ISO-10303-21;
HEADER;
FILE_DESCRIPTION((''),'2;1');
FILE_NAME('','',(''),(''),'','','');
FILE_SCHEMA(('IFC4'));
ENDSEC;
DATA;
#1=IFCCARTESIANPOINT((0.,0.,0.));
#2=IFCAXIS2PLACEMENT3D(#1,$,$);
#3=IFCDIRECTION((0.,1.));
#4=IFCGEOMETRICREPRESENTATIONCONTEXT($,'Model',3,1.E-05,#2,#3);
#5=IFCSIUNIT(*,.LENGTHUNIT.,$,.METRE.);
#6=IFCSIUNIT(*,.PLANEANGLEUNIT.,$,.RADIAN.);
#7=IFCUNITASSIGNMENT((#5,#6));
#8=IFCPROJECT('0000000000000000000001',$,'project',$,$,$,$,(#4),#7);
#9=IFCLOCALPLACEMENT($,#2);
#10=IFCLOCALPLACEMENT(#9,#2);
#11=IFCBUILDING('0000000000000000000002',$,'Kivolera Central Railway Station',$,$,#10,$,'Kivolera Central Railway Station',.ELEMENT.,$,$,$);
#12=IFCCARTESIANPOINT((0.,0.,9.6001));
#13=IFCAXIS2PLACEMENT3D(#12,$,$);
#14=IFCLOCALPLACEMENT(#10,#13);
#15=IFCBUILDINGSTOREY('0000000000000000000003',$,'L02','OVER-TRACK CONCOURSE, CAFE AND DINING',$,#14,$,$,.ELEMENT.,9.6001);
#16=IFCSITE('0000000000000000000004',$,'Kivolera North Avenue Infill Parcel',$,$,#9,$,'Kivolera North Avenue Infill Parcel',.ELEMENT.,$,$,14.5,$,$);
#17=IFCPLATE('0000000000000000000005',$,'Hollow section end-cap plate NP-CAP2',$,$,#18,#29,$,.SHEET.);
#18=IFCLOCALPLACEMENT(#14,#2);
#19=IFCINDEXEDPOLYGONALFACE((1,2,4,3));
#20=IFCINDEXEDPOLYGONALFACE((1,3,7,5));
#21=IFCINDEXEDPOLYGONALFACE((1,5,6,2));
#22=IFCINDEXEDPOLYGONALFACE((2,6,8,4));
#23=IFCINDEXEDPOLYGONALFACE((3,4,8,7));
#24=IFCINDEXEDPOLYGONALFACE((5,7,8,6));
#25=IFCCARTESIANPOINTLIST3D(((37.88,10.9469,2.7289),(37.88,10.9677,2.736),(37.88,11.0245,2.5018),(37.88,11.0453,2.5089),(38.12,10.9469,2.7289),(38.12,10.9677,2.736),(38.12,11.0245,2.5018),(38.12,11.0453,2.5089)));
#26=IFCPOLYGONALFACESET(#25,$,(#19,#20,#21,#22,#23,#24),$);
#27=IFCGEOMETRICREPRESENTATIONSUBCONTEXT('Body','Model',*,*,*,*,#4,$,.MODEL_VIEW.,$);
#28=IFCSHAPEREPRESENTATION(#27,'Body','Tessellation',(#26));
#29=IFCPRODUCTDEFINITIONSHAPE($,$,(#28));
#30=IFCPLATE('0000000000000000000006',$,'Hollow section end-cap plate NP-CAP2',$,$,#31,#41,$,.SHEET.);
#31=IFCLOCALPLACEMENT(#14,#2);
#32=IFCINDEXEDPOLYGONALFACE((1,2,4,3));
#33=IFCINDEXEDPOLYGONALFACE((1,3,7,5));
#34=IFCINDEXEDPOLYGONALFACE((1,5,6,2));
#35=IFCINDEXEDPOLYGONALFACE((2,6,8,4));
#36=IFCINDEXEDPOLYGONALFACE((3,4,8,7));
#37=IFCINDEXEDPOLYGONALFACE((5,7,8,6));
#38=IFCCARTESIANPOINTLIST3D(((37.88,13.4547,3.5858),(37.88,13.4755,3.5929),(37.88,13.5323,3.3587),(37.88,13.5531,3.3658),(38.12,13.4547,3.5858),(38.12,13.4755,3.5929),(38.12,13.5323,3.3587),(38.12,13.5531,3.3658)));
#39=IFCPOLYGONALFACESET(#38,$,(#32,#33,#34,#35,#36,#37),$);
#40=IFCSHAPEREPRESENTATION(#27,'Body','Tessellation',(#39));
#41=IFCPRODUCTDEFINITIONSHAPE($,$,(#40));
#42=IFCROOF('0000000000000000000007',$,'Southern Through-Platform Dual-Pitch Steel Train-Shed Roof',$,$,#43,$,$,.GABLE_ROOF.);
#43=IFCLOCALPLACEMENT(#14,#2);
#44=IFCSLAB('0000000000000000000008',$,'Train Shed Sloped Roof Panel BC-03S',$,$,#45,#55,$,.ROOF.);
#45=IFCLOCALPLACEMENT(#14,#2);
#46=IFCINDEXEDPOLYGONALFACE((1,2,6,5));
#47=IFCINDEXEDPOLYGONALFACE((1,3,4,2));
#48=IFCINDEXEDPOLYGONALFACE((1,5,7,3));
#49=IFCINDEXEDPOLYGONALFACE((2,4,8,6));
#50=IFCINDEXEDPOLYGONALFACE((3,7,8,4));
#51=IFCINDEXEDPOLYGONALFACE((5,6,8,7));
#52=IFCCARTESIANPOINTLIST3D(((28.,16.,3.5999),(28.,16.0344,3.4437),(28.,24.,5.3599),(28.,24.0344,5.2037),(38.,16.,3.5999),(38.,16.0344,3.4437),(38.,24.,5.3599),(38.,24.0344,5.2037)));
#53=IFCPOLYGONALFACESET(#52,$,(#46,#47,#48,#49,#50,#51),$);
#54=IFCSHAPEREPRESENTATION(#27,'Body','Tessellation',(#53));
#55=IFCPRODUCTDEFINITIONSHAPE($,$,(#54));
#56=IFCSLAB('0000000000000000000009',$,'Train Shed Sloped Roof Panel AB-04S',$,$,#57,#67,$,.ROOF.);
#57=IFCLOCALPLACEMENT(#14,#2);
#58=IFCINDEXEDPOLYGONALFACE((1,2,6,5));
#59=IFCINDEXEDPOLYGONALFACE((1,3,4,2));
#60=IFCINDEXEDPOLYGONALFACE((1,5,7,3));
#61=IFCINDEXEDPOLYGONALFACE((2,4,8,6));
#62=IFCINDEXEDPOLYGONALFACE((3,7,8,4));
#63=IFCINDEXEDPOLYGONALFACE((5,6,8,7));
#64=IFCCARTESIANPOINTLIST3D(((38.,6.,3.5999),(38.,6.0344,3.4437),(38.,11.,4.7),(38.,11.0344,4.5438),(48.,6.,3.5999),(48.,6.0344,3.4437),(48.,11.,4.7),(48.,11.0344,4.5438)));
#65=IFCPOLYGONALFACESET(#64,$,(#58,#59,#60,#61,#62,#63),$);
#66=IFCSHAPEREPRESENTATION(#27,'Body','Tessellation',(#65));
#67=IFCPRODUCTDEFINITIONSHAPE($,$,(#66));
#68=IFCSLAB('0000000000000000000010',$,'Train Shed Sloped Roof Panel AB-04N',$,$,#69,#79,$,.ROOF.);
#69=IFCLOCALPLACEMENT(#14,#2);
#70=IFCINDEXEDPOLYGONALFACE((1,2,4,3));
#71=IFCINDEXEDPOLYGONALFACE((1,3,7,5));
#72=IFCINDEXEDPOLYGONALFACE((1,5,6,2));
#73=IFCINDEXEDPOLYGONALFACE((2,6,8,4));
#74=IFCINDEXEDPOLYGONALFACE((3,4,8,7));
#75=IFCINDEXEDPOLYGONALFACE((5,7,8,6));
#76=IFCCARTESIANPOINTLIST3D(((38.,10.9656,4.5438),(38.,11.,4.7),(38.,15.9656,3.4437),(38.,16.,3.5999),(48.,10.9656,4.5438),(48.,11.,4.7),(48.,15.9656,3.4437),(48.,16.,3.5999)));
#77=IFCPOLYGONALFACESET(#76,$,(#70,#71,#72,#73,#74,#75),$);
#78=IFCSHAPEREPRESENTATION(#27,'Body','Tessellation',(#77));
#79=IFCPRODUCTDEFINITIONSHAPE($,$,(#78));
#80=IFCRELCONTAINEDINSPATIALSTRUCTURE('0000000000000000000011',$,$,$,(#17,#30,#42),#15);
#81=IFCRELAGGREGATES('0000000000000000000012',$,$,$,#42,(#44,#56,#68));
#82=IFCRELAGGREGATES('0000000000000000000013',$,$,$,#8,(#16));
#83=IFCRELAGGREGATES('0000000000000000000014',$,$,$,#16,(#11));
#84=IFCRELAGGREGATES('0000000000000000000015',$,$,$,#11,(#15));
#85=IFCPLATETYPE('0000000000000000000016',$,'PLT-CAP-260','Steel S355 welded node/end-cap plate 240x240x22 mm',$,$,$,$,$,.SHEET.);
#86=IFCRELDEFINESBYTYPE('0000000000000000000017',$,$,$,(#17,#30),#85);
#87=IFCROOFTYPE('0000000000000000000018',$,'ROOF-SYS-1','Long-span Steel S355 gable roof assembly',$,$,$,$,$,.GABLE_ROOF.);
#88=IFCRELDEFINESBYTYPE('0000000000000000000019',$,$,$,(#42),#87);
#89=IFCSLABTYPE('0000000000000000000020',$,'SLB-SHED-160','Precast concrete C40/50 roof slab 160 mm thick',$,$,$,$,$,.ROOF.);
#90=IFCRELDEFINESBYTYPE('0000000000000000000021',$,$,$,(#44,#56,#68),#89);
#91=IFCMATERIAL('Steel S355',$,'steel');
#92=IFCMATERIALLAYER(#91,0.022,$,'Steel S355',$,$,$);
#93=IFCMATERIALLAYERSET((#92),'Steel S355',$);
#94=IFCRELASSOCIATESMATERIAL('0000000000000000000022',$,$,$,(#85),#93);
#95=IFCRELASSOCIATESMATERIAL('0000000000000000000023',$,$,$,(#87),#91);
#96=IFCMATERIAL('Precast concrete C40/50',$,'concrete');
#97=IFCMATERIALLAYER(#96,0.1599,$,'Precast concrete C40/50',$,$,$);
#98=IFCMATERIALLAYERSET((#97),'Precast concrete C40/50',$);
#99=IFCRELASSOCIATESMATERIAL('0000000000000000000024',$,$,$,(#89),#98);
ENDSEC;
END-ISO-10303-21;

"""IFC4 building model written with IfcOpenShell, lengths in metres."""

from ifc_helpers import new_model, si_unit, direction, frame, origin, origin_2d, place, context, subcontext, project, spatial, polyline, rectangle, outline, extrude, material, layer, layer_set, type_object, element, aggregate, save


model = new_model("IFC4")

# Units and contexts
model_context = context("Model", 3, precision=1e-05, world=origin(), true_north=direction((0.0, 1.0)))
body_context = subcontext(model_context, "Body", "Model", "MODEL_VIEW")
ifc_project = project(units=[si_unit("LENGTHUNIT", "METRE"), si_unit("PLANEANGLEUNIT", "RADIAN")], contexts=[model_context])

# Site, building, storey
site_placement = place(None, origin())
site = spatial("IfcSite", under=ifc_project, at=site_placement, Name="Kivolera North Avenue Infill Parcel", LongName="Kivolera North Avenue Infill Parcel", CompositionType="ELEMENT", RefElevation=14.5)
building_placement = place(site_placement, origin())
building = spatial("IfcBuilding", under=site, at=building_placement, Name="Kivolera Central Railway Station", LongName="Kivolera Central Railway Station", CompositionType="ELEMENT")
storey_placement = place(building_placement, frame((0.0, 0.0, 9.6001)))
storey = spatial("IfcBuildingStorey", under=building, at=storey_placement, Name="L02", Description="OVER-TRACK CONCOURSE, CAFE AND DINING", CompositionType="ELEMENT", Elevation=9.6001)

# Shared definitions
ifc_material_1 = material(Name="Steel S355", Category="steel")

# Plates
ifc_layer_1 = layer(ifc_material_1, 0.022, Name="Steel S355")
ifc_layer_set_1 = layer_set([ifc_layer_1], Name="Steel S355")
plate_type = type_object("IfcPlateType", Name="PLT-CAP-260", Description="Steel S355 welded node/end-cap plate 240x240x22 mm", PredefinedType="SHEET", material=ifc_layer_set_1)
for number, where, z_axis, x_axis, name in (
    (1, (38.0, 10.9961, 2.6189), (0.0, 0.946194, 0.323599), (-1.0, 0.0, 0.0), "Hollow section end-cap plate NP-CAP2"),
    (2, (38.0, 13.5039, 3.4758), (0.0, 0.946194, 0.323599), (-1.0, 0.0, 0.0), "Hollow section end-cap plate NP-CAP2"),
):
    element("IfcPlate", number, at=place(storey_placement, frame(where, z_axis=z_axis, x_axis=x_axis)), inside=storey, type_object=plate_type, Name=name, PredefinedType="SHEET", context=body_context, shape_type="SweptSolid", body=[
        extrude(rectangle(XDim=0.24, YDim=0.24, at=origin_2d()), frame((0.0, 0.0, -0.011)), (0.0, 0.0, 1.0), 0.022),
    ])

# Roof, slabs
roof_type = type_object("IfcRoofType", Name="ROOF-SYS-1", Description="Long-span Steel S355 gable roof assembly", PredefinedType="GABLE_ROOF", material=ifc_material_1)
roof_placement = place(storey_placement, origin())
roof = element("IfcRoof", 3, at=roof_placement, inside=storey, type_object=roof_type, Name="Southern Through-Platform Dual-Pitch Steel Train-Shed Roof", PredefinedType="GABLE_ROOF")
ifc_material_2 = material(Name="Precast concrete C40/50", Category="concrete")
ifc_layer_2 = layer(ifc_material_2, 0.1599, Name="Precast concrete C40/50")
ifc_layer_set_2 = layer_set([ifc_layer_2], Name="Precast concrete C40/50")
slab_type = type_object("IfcSlabType", Name="SLB-SHED-160", Description="Precast concrete C40/50 roof slab 160 mm thick", PredefinedType="ROOF", material=ifc_layer_set_2)
slab_1_placement = place(storey_placement, frame((28.0, 16.0, 3.5999), z_axis=(0.0, -0.214863, 0.976644), x_axis=(1.0, 0.0, 0.0)))
slab_1 = element("IfcSlab", 4, at=slab_1_placement, type_object=slab_type, Name="Train Shed Sloped Roof Panel BC-03S", PredefinedType="ROOF", context=body_context, shape_type="SweptSolid", body=[
    extrude(outline(polyline([(0.0, 0.0), (10.0, 0.0), (10.0, 8.1913), (0.0, 8.1913), (0.0, 0.0)])), origin(), (0.0, 0.0, -1.0), 0.1599),
])
slab_2_placement = place(storey_placement, frame((38.0, 6.0, 3.5999), z_axis=(0.0, -0.21488, 0.97664), x_axis=(1.0, 0.0, 0.0)))
slab_2 = element("IfcSlab", 5, at=slab_2_placement, type_object=slab_type, Name="Train Shed Sloped Roof Panel AB-04S", PredefinedType="ROOF", context=body_context, shape_type="SweptSolid", body=[
    extrude(outline(polyline([(0.0, 0.0), (10.0, 0.0), (10.0, 5.1196), (0.0, 5.1196), (0.0, 0.0)])), origin(), (0.0, 0.0, -1.0), 0.1599),
])
slab_3_placement = place(storey_placement, frame((38.0, 11.0, 4.7), z_axis=(0.0, 0.21488, 0.97664), x_axis=(1.0, 0.0, 0.0)))
slab_3 = element("IfcSlab", 6, at=slab_3_placement, type_object=slab_type, Name="Train Shed Sloped Roof Panel AB-04N", PredefinedType="ROOF", context=body_context, shape_type="SweptSolid", body=[
    extrude(outline(polyline([(0.0, 0.0), (10.0, 0.0), (10.0, 5.1196), (0.0, 5.1196), (0.0, 0.0)])), origin(), (0.0, 0.0, -1.0), 0.1599),
])
aggregate(roof, [slab_1, slab_2, slab_3])

save(model, "model.ifc")
